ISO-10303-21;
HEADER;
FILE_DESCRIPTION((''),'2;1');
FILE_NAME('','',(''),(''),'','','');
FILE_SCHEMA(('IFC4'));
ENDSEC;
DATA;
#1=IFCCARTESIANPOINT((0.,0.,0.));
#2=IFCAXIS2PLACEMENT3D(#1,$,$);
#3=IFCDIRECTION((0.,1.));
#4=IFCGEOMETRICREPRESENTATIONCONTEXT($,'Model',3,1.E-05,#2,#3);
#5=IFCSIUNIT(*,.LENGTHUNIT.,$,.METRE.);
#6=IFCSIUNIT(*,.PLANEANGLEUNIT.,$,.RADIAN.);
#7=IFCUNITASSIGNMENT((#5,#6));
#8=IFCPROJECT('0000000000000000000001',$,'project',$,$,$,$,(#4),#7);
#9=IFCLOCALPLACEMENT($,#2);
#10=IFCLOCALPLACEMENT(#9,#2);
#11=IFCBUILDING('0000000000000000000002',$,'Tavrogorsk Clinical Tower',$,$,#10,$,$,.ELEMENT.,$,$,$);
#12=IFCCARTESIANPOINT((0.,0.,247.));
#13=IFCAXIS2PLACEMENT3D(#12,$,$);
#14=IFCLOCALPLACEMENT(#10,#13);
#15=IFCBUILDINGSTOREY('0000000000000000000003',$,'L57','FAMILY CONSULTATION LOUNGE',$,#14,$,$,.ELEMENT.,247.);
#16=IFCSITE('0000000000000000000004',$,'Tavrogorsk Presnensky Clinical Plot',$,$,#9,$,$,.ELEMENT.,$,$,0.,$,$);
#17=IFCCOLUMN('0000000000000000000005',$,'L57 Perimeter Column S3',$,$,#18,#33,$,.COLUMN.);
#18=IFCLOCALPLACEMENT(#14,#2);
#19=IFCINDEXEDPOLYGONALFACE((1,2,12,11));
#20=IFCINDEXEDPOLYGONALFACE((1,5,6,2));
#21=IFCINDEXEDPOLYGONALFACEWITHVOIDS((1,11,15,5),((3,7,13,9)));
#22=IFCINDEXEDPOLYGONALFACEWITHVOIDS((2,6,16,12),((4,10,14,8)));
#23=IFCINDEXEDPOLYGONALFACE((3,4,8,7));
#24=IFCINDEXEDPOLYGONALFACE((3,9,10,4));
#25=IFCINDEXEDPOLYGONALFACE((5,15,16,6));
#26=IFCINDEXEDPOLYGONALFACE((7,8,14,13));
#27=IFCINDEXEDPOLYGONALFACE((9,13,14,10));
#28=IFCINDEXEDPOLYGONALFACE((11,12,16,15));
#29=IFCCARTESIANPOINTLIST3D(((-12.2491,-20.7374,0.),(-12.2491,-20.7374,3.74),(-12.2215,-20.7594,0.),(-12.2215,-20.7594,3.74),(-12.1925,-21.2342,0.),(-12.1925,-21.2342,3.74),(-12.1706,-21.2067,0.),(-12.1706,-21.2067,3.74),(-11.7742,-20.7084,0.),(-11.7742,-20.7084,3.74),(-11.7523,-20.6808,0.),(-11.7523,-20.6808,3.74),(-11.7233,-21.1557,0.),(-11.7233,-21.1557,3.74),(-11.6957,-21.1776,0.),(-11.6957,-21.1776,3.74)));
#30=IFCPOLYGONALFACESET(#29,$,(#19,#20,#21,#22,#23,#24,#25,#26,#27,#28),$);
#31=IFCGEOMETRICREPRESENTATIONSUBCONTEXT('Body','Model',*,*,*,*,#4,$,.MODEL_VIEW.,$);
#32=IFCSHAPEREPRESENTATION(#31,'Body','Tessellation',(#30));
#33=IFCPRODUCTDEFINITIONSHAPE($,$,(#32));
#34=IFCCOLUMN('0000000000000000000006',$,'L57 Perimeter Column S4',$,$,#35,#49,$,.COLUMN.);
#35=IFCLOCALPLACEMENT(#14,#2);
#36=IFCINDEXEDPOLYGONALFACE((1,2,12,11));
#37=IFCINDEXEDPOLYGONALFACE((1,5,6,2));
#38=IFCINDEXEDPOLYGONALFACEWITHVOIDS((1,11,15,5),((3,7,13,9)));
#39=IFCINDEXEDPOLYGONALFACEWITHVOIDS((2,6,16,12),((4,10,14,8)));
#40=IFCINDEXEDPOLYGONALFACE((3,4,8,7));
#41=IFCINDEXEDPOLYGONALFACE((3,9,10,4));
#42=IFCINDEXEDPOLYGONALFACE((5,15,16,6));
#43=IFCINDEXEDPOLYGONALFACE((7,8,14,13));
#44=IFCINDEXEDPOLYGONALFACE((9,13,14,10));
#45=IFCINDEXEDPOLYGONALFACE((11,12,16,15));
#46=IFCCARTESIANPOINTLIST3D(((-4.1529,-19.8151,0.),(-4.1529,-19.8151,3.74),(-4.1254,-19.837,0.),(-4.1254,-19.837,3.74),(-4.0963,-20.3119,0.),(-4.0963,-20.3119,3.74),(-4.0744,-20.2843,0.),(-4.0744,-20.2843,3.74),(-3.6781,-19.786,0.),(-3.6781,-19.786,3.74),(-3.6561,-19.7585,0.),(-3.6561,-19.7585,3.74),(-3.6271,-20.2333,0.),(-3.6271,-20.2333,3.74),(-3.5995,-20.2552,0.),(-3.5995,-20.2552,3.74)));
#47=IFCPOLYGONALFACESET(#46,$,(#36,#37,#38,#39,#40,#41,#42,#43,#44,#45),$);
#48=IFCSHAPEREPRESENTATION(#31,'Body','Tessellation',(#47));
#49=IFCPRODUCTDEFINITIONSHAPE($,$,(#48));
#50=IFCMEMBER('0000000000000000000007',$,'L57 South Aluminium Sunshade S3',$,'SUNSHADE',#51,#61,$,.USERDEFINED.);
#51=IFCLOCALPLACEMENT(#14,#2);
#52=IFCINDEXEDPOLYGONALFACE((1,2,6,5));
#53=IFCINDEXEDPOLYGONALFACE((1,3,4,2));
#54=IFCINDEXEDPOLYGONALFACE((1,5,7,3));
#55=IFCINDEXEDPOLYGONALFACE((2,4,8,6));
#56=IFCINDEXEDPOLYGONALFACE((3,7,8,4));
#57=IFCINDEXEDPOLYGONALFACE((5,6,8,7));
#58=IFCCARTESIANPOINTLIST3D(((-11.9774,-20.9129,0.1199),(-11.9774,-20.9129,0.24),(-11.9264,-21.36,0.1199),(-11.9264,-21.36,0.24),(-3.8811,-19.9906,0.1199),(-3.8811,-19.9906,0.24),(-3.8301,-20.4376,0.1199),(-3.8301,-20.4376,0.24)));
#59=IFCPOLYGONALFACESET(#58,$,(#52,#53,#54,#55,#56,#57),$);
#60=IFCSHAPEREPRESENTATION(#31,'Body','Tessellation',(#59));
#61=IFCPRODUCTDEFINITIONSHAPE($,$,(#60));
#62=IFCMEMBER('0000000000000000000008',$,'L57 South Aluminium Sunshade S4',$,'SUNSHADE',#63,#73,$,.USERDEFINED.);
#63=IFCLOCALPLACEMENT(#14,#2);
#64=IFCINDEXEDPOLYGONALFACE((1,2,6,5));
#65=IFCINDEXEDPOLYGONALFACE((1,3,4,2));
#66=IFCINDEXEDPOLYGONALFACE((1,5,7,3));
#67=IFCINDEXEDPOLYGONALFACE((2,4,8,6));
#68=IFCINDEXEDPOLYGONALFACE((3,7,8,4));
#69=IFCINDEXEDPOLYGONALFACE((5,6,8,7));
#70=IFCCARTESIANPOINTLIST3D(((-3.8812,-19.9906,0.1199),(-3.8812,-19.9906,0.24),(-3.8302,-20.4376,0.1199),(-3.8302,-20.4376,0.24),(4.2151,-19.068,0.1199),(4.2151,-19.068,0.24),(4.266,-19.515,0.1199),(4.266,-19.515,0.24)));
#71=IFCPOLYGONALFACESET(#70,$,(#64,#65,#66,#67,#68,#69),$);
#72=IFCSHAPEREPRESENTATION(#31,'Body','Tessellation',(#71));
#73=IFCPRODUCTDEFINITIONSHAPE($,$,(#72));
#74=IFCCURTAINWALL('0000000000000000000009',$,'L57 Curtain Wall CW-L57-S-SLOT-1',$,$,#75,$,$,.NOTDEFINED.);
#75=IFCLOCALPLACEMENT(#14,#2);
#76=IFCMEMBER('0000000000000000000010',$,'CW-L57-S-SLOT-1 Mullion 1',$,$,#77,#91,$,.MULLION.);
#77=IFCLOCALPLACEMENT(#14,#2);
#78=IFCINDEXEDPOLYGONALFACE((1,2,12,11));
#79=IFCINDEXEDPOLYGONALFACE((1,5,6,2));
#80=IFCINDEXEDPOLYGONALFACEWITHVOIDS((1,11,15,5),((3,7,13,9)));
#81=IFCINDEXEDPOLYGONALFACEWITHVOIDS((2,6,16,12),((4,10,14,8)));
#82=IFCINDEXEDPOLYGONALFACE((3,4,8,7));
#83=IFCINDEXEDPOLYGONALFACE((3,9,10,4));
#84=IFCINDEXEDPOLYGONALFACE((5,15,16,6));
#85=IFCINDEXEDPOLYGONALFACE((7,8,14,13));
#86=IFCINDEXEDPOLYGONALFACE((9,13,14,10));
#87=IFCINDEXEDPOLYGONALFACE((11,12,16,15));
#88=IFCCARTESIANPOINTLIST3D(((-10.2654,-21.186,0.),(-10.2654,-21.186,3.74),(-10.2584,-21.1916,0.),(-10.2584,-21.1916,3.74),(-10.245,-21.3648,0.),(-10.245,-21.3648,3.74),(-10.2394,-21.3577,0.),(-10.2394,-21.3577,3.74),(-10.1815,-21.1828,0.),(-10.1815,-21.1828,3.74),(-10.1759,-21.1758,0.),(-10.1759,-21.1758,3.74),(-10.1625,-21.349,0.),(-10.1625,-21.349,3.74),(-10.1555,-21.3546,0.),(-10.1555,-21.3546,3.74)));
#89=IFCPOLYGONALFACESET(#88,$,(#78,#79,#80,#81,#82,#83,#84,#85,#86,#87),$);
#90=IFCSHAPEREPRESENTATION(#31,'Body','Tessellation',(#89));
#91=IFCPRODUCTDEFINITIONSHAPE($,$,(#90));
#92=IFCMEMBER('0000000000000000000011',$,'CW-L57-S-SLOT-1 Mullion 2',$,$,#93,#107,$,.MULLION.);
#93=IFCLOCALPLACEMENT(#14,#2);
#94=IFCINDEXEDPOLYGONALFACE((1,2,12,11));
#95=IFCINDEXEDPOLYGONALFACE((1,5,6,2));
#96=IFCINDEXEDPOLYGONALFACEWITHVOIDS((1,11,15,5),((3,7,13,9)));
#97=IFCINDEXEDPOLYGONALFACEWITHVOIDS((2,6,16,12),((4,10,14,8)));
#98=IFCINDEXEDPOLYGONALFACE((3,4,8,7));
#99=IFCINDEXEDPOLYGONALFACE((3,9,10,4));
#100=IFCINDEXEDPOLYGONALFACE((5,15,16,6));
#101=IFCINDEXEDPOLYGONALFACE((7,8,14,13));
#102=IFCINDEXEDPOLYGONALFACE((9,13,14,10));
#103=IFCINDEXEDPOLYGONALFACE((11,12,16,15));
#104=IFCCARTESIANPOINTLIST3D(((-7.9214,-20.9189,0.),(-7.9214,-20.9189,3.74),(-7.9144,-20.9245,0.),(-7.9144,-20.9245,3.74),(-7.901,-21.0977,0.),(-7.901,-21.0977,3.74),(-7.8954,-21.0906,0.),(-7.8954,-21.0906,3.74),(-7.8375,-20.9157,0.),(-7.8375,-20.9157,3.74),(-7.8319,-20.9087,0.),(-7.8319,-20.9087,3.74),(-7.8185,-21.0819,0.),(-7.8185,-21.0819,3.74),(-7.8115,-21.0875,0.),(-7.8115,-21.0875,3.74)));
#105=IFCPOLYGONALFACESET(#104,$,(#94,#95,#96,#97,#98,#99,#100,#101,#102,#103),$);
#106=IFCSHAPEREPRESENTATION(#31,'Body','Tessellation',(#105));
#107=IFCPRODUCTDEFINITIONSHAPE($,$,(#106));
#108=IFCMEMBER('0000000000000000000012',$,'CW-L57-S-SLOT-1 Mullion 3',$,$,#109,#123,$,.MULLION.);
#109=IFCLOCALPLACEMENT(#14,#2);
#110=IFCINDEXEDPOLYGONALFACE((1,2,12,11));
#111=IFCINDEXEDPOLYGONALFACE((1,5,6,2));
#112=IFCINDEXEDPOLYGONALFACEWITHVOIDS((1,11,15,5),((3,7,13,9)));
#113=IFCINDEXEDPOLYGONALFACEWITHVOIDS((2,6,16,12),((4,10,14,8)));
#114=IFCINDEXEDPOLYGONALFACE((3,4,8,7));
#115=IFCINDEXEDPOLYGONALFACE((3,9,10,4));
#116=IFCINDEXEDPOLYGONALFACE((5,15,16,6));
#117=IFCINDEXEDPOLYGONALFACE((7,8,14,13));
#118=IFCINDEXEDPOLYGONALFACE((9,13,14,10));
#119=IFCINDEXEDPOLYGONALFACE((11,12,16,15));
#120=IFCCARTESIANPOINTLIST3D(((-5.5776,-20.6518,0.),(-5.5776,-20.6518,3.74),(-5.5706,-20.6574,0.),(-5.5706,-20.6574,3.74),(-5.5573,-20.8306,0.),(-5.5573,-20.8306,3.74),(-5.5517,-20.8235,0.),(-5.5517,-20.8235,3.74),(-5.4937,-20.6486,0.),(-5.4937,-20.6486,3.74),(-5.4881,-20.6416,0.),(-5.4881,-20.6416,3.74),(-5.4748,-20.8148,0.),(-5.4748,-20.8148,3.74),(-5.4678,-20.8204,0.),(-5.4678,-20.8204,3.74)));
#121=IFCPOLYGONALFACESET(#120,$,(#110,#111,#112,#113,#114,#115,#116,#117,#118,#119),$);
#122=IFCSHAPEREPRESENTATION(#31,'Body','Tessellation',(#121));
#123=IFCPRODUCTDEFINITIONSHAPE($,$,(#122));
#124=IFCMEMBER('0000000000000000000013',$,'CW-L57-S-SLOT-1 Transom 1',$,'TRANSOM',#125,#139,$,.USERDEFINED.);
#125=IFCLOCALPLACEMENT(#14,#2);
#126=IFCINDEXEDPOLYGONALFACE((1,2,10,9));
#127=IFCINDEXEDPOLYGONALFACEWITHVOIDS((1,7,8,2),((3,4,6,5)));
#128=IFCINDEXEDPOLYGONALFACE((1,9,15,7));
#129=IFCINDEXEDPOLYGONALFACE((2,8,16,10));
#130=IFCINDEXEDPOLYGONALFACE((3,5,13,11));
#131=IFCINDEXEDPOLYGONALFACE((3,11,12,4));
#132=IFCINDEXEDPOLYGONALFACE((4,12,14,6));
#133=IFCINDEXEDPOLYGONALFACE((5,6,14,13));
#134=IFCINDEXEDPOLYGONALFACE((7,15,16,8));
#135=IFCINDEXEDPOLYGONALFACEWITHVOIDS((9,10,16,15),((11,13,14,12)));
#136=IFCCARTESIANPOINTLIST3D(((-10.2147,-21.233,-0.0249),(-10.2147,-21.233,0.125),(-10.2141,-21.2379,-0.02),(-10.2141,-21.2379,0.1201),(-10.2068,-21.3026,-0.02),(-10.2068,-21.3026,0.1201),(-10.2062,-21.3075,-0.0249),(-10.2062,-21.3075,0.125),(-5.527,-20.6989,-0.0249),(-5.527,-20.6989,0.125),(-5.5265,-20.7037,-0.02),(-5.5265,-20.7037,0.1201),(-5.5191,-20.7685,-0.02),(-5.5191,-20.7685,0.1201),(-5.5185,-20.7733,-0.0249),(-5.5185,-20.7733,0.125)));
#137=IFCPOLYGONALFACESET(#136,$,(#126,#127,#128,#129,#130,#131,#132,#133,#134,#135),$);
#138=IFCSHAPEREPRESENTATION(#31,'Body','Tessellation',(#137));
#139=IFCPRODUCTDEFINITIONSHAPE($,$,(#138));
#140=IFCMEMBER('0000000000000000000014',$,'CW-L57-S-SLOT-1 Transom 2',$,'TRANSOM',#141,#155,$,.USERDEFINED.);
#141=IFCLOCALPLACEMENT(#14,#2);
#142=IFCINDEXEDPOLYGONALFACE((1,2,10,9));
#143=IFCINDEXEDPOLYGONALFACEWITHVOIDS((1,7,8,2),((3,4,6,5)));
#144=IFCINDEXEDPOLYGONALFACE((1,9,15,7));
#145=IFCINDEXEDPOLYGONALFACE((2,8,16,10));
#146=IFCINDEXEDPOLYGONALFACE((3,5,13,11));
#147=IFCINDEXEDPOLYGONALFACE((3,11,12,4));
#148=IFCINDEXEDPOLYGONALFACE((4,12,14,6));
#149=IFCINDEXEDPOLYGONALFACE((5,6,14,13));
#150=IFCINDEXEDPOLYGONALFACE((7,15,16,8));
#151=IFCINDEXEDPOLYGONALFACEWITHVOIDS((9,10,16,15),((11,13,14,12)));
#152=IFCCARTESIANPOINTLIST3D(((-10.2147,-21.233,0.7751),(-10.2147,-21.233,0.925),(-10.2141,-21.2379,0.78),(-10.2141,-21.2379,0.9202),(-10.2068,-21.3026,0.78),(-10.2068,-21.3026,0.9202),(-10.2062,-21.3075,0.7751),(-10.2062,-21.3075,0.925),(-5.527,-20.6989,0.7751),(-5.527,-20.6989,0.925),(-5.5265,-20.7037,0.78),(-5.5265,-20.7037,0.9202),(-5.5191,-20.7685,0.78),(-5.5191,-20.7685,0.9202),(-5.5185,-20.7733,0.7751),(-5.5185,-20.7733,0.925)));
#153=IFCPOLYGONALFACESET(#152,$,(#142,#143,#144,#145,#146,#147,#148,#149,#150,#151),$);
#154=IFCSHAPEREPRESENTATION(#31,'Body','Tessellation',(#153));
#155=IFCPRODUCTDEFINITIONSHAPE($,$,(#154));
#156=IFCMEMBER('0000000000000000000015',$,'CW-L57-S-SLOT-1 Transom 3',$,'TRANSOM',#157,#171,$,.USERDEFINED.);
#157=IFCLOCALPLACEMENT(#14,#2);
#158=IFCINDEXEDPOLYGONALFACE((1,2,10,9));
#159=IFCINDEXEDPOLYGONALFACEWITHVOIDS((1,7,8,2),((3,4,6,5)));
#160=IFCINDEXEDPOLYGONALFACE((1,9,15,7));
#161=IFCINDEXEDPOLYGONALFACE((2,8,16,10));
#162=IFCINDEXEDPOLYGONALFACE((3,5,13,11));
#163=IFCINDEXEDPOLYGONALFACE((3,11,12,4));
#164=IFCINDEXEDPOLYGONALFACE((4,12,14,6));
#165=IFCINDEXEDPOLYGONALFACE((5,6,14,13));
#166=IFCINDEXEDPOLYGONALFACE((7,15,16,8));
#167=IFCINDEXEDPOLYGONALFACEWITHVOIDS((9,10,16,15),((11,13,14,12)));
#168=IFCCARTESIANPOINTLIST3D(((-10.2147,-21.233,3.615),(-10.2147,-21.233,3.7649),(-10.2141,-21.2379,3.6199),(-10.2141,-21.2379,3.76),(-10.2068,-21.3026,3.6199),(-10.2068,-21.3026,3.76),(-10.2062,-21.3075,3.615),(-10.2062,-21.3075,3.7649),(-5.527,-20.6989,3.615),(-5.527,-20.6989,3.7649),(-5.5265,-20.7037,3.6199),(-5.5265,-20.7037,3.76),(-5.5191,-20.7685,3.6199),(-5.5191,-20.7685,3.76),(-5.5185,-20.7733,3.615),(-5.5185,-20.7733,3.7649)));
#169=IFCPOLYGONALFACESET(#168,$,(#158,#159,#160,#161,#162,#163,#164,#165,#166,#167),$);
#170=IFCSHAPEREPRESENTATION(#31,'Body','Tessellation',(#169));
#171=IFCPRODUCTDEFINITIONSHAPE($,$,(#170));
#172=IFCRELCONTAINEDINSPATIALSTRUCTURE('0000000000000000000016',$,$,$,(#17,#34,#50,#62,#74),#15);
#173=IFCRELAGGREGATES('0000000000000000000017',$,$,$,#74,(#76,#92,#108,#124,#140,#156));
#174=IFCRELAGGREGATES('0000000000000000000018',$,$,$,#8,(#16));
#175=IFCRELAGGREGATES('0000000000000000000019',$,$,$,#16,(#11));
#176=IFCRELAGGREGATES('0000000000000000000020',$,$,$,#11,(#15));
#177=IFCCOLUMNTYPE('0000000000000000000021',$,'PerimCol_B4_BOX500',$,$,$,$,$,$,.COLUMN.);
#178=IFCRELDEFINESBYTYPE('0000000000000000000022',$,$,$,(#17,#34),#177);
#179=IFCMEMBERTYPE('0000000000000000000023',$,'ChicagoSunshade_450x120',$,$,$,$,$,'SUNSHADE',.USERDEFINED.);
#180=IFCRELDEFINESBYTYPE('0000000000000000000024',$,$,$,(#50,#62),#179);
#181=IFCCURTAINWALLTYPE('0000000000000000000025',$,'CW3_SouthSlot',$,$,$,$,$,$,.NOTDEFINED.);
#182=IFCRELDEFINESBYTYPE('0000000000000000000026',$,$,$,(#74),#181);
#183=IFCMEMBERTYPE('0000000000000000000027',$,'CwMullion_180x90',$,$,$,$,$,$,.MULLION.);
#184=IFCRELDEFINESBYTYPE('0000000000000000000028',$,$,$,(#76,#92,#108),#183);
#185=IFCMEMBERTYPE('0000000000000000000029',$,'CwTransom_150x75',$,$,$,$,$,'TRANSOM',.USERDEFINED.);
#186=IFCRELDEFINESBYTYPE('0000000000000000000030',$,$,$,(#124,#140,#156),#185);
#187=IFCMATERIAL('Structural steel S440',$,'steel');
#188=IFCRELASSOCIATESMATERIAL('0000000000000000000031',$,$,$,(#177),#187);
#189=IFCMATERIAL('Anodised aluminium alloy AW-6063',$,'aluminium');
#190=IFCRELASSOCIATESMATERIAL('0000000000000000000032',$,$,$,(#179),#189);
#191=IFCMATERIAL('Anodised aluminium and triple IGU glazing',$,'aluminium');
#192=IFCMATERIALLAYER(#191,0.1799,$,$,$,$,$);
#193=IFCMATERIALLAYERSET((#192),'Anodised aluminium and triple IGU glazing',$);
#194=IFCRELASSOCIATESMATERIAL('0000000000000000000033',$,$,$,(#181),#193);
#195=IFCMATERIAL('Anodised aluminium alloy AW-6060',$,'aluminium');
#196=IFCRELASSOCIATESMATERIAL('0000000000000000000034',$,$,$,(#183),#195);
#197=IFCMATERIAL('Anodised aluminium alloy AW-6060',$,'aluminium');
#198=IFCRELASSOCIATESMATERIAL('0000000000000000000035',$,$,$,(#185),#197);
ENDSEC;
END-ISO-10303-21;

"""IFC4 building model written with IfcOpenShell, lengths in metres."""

from ifc_helpers import new_model, si_unit, direction, frame, origin, origin_2d, place, context, subcontext, project, spatial, rectangle, hollow_rectangle, extrude, material, layer, layer_set, material_profile, profile_set, type_object, element, aggregate, save


model = new_model("IFC4")

# Units and contexts
model_context = context("Model", 3, precision=1e-05, world=origin(), true_north=direction((0.0, 1.0)))
body_context = subcontext(model_context, "Body", "Model", "MODEL_VIEW")
ifc_project = project(units=[si_unit("LENGTHUNIT", "METRE"), si_unit("PLANEANGLEUNIT", "RADIAN")], contexts=[model_context])

# Site, building, storey
site_placement = place(None, origin())
site = spatial("IfcSite", under=ifc_project, at=site_placement, Name="Tavrogorsk Presnensky Clinical Plot", CompositionType="ELEMENT", RefElevation=0.0)
building_placement = place(site_placement, origin())
building = spatial("IfcBuilding", under=site, at=building_placement, Name="Tavrogorsk Clinical Tower", CompositionType="ELEMENT")
storey_placement = place(building_placement, frame((0.0, 0.0, 247.0)))
storey = spatial("IfcBuildingStorey", under=building, at=storey_placement, Name="L57", Description="FAMILY CONSULTATION LOUNGE", CompositionType="ELEMENT", Elevation=247.0)

# Columns
ifc_material_1 = material(Name="Structural steel S440", Category="steel")
ifc_material_profile_1 = material_profile(ifc_material_1, hollow_rectangle(XDim=0.5, YDim=0.5, WallThickness=0.0249, at=origin_2d()), Name="BOX-500x500x25")
ifc_profile_set_1 = profile_set([ifc_material_profile_1], Name="Structural steel S440")
column_type = type_object("IfcColumnType", Name="PerimCol_B4_BOX500", PredefinedType="COLUMN", material=ifc_profile_set_1)
for number, where, z_axis, x_axis, name in (
    (1, (-11.9724, -20.9575, 0.0), (0.0, 0.0, 1.0), (0.993572, 0.113203, 0.0), "L57 Perimeter Column S3"),
    (2, (-3.8762, -20.0352, 0.0), (0.0, 0.0, 1.0), (0.993572, 0.113203, 0.0), "L57 Perimeter Column S4"),
):
    element("IfcColumn", number, at=place(storey_placement, frame(where, z_axis=z_axis, x_axis=x_axis)), inside=storey, type_object=column_type, Name=name, PredefinedType="COLUMN", context=body_context, shape_type="SweptSolid", body=[
        extrude(hollow_rectangle(XDim=0.5, YDim=0.5, WallThickness=0.0249, at=origin_2d()), origin(), (0.0, 0.0, 1.0), 3.74),
    ])

# Members
ifc_material_2 = material(Name="Anodised aluminium alloy AW-6063", Category="aluminium")
ifc_material_profile_2 = material_profile(ifc_material_2, rectangle(XDim=0.45, YDim=0.1201, at=origin_2d()), Name="ALU-SUNSHADE-450x120")
ifc_profile_set_2 = profile_set([ifc_material_profile_2], Name="Anodised aluminium alloy AW-6063")
member_type_1 = type_object("IfcMemberType", Name="ChicagoSunshade_450x120", ElementType="SUNSHADE", PredefinedType="USERDEFINED", material=ifc_profile_set_2)
for number, where, z_axis, x_axis, name in (
    (3, (-11.9519, -21.1365, 0.1799), (0.993573, 0.113193, 0.0), (-0.113193, 0.993573, 0.0), "L57 South Aluminium Sunshade S3"),
    (4, (-3.8557, -20.2141, 0.1799), (0.99357, 0.113223, 0.0), (-0.113223, 0.99357, 0.0), "L57 South Aluminium Sunshade S4"),
):
    element("IfcMember", number, at=place(storey_placement, frame(where, z_axis=z_axis, x_axis=x_axis)), inside=storey, type_object=member_type_1, Name=name, ObjectType="SUNSHADE", PredefinedType="USERDEFINED", context=body_context, shape_type="SweptSolid", body=[
        extrude(rectangle(XDim=0.45, YDim=0.1201, at=origin_2d()), origin(), (0.0, 0.0, 1.0), 8.1487),
    ])

# Curtain wall, members
ifc_material_3 = material(Name="Anodised aluminium and triple IGU glazing", Category="aluminium")
ifc_layer_1 = layer(ifc_material_3, 0.1799)
ifc_layer_set_1 = layer_set([ifc_layer_1], Name="Anodised aluminium and triple IGU glazing")
curtain_wall_type = type_object("IfcCurtainWallType", Name="CW3_SouthSlot", PredefinedType="NOTDEFINED", material=ifc_layer_set_1)
curtain_wall_placement = place(storey_placement, origin())
curtain_wall = element("IfcCurtainWall", 5, at=curtain_wall_placement, inside=storey, type_object=curtain_wall_type, Name="L57 Curtain Wall CW-L57-S-SLOT-1", PredefinedType="NOTDEFINED")
ifc_material_4 = material(Name="Anodised aluminium alloy AW-6060", Category="aluminium")
ifc_material_profile_3 = material_profile(ifc_material_4, hollow_rectangle(XDim=0.0901, YDim=0.1799, WallThickness=0.0063, at=origin_2d()), Name="RHS-180x90x6.3")
ifc_profile_set_3 = profile_set([ifc_material_profile_3], Name="Anodised aluminium alloy AW-6060")
member_type_2 = type_object("IfcMemberType", Name="CwMullion_180x90", PredefinedType="MULLION", material=ifc_profile_set_3)
member_1_placement = place(storey_placement, frame((-10.2104, -21.2703, 0.0), z_axis=(0.0, 0.0, 1.0), x_axis=(0.993572, 0.113203, 0.0)))
member_1 = element("IfcMember", 6, at=member_1_placement, type_object=member_type_2, Name="CW-L57-S-SLOT-1 Mullion 1", PredefinedType="MULLION", context=body_context, shape_type="SweptSolid", body=[
    extrude(hollow_rectangle(XDim=0.0901, YDim=0.1799, WallThickness=0.0063, at=origin_2d()), origin(), (0.0, 0.0, 1.0), 3.74),
])
member_2_placement = place(storey_placement, frame((-7.8665, -21.0032, 0.0), z_axis=(0.0, 0.0, 1.0), x_axis=(0.993572, 0.113203, 0.0)))
member_2 = element("IfcMember", 7, at=member_2_placement, type_object=member_type_2, Name="CW-L57-S-SLOT-1 Mullion 2", PredefinedType="MULLION", context=body_context, shape_type="SweptSolid", body=[
    extrude(hollow_rectangle(XDim=0.0901, YDim=0.1799, WallThickness=0.0063, at=origin_2d()), origin(), (0.0, 0.0, 1.0), 3.74),
])
member_3_placement = place(storey_placement, frame((-5.5227, -20.7361, 0.0), z_axis=(0.0, 0.0, 1.0), x_axis=(0.993572, 0.113203, 0.0)))
member_3 = element("IfcMember", 8, at=member_3_placement, type_object=member_type_2, Name="CW-L57-S-SLOT-1 Mullion 3", PredefinedType="MULLION", context=body_context, shape_type="SweptSolid", body=[
    extrude(hollow_rectangle(XDim=0.0901, YDim=0.1799, WallThickness=0.0063, at=origin_2d()), origin(), (0.0, 0.0, 1.0), 3.74),
])
ifc_material_5 = material(Name="Anodised aluminium alloy AW-6060", Category="aluminium")
ifc_material_profile_4 = material_profile(ifc_material_5, hollow_rectangle(XDim=0.075, YDim=0.1499, WallThickness=0.0049, at=origin_2d()), Name="RHS-150x75x5")
ifc_profile_set_4 = profile_set([ifc_material_profile_4], Name="Anodised aluminium alloy AW-6060")
member_type_3 = type_object("IfcMemberType", Name="CwTransom_150x75", ElementType="TRANSOM", PredefinedType="USERDEFINED", material=ifc_profile_set_4)
member_4_placement = place(storey_placement, frame((-10.2104, -21.2703, 0.05), z_axis=(0.99357, 0.11322, 0.0), x_axis=(-0.11322, 0.99357, 0.0)))
member_4 = element("IfcMember", 9, at=member_4_placement, type_object=member_type_3, Name="CW-L57-S-SLOT-1 Transom 1", ObjectType="TRANSOM", PredefinedType="USERDEFINED", context=body_context, shape_type="SweptSolid", body=[
    extrude(hollow_rectangle(XDim=0.075, YDim=0.1499, WallThickness=0.0049, at=origin_2d()), origin(), (0.0, 0.0, 1.0), 4.718),
])
member_5_placement = place(storey_placement, frame((-10.2104, -21.2703, 0.8501), z_axis=(0.99357, 0.11322, 0.0), x_axis=(-0.11322, 0.99357, 0.0)))
member_5 = element("IfcMember", 10, at=member_5_placement, type_object=member_type_3, Name="CW-L57-S-SLOT-1 Transom 2", ObjectType="TRANSOM", PredefinedType="USERDEFINED", context=body_context, shape_type="SweptSolid", body=[
    extrude(hollow_rectangle(XDim=0.075, YDim=0.1499, WallThickness=0.0049, at=origin_2d()), origin(), (0.0, 0.0, 1.0), 4.718),
])
member_6_placement = place(storey_placement, frame((-10.2104, -21.2703, 3.6899), z_axis=(0.99357, 0.11322, 0.0), x_axis=(-0.11322, 0.99357, 0.0)))
member_6 = element("IfcMember", 11, at=member_6_placement, type_object=member_type_3, Name="CW-L57-S-SLOT-1 Transom 3", ObjectType="TRANSOM", PredefinedType="USERDEFINED", context=body_context, shape_type="SweptSolid", body=[
    extrude(hollow_rectangle(XDim=0.075, YDim=0.1499, WallThickness=0.0049, at=origin_2d()), origin(), (0.0, 0.0, 1.0), 4.718),
])

aggregate(curtain_wall, [member_1, member_2, member_3, member_4, member_5, member_6])

save(model, "model.ifc")
